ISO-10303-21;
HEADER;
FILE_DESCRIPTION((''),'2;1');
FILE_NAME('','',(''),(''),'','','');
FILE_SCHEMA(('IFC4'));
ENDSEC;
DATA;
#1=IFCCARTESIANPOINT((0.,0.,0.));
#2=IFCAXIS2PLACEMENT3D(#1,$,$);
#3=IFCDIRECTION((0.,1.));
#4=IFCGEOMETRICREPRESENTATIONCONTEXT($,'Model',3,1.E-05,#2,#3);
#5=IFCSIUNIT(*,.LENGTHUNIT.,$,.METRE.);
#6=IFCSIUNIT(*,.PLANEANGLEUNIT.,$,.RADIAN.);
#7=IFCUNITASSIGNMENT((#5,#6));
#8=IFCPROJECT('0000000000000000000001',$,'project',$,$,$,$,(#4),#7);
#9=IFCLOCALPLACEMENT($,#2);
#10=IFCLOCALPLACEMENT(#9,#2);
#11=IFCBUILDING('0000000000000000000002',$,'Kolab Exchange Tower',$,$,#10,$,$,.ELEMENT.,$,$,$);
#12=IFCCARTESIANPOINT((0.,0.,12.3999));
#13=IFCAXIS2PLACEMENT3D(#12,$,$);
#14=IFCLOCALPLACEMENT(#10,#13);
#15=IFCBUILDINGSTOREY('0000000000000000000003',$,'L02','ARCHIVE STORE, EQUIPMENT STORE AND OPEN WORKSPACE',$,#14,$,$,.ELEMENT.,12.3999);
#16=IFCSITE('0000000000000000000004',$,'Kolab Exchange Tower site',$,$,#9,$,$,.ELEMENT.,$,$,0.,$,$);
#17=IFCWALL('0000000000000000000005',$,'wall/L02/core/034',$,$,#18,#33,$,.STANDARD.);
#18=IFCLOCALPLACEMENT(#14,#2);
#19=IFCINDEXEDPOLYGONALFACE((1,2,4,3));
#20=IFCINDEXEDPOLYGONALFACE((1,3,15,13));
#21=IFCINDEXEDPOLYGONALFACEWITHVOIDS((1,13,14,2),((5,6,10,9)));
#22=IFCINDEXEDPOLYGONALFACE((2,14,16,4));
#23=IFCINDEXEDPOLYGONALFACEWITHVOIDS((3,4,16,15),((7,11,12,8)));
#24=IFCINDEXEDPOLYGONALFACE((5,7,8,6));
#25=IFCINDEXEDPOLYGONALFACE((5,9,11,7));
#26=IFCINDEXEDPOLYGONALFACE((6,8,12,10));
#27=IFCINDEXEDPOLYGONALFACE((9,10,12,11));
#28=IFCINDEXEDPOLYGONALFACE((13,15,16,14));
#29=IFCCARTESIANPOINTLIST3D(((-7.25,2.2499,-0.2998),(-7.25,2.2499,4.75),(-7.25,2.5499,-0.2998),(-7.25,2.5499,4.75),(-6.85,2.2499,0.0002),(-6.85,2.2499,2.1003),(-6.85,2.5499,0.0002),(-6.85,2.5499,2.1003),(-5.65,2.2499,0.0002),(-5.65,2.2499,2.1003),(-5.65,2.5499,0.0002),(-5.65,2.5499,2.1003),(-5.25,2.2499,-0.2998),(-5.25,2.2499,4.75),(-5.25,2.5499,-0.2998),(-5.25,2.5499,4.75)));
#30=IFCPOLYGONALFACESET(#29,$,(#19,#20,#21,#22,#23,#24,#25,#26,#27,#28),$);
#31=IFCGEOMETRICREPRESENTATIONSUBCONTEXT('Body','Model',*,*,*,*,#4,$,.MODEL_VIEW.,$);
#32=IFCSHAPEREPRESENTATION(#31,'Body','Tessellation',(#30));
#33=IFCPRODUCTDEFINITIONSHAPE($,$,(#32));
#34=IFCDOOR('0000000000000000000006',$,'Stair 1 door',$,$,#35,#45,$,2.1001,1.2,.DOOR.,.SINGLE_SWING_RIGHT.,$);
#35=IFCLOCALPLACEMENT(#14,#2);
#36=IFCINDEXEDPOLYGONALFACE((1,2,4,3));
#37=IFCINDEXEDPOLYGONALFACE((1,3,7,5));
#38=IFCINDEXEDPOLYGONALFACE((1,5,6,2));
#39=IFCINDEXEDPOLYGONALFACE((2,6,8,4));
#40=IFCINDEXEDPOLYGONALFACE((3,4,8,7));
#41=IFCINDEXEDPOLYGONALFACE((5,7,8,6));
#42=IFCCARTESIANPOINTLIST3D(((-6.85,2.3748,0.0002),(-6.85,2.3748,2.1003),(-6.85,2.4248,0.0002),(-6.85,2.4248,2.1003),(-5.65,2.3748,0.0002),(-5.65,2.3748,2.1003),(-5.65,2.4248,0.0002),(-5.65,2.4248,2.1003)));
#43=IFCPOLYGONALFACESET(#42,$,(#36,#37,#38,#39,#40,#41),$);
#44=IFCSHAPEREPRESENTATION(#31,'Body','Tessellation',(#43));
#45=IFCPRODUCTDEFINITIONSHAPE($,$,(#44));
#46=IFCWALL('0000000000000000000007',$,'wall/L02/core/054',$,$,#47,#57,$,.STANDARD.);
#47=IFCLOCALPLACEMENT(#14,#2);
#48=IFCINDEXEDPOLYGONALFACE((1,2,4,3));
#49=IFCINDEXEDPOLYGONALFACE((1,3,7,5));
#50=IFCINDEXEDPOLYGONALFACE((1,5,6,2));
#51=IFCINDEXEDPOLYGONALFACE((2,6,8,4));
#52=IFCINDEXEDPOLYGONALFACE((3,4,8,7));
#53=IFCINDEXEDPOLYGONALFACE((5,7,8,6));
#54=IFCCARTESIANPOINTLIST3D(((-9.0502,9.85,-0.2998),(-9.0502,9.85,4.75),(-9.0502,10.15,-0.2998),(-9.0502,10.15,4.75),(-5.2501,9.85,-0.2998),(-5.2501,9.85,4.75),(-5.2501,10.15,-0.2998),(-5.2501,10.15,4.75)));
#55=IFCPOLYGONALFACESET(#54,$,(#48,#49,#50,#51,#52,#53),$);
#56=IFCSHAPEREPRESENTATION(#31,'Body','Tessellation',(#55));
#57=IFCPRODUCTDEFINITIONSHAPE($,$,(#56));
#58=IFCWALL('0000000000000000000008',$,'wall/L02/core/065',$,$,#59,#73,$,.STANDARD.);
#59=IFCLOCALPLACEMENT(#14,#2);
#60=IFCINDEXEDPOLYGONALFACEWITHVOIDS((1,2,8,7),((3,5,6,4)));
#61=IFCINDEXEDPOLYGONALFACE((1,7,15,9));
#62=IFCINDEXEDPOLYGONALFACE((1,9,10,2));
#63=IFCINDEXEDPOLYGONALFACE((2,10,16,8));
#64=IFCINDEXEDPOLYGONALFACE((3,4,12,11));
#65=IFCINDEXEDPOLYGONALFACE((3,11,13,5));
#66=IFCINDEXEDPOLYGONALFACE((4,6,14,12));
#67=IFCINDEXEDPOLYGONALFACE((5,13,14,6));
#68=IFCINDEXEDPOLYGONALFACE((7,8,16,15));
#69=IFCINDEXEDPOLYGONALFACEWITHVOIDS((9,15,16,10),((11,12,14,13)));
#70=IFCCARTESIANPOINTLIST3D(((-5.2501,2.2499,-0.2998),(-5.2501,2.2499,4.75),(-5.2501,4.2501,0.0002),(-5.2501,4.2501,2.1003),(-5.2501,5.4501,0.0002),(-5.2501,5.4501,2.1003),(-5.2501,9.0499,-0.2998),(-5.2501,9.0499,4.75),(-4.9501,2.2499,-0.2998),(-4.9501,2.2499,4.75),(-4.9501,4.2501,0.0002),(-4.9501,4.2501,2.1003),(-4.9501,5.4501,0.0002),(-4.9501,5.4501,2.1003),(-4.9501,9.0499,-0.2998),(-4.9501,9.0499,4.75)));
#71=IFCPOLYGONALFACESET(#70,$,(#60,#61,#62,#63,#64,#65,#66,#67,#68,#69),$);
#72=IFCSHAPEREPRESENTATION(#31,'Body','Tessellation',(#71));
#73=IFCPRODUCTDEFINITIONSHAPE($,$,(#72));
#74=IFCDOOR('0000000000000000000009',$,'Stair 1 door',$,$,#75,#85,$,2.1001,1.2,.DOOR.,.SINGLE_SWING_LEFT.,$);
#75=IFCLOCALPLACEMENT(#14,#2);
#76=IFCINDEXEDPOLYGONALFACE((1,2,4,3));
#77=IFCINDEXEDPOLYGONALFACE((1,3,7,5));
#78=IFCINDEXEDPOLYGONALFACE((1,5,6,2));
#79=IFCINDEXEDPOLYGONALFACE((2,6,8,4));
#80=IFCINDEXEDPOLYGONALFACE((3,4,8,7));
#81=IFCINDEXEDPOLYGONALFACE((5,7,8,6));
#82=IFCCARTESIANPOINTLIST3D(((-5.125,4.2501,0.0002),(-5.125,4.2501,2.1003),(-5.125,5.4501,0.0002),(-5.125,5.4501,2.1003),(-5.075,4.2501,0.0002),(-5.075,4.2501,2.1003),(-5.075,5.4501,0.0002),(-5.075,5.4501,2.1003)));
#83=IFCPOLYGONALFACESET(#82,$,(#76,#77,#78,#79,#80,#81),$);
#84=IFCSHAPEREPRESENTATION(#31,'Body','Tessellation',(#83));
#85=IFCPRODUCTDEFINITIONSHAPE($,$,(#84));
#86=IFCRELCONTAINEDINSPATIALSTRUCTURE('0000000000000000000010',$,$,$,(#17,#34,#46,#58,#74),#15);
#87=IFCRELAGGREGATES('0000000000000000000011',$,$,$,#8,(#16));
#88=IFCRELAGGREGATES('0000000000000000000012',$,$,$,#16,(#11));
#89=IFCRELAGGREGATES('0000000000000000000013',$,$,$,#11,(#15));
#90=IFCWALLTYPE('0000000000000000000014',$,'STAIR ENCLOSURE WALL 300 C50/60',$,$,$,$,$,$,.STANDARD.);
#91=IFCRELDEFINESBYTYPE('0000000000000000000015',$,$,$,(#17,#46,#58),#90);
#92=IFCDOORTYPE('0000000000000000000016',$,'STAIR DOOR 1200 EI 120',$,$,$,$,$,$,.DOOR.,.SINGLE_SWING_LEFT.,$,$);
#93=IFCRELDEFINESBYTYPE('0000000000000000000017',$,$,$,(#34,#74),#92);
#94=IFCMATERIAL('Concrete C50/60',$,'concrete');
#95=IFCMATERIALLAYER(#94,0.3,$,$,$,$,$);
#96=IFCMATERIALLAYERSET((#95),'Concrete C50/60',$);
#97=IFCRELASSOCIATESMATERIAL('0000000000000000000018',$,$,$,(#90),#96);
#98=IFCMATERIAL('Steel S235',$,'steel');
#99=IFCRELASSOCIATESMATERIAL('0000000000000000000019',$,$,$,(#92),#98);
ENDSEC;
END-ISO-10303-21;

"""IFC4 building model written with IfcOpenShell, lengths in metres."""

from ifc_helpers import new_model, si_unit, direction, frame, frame_2d, origin, place, context, subcontext, project, spatial, rectangle, extrude, material, layer, layer_set, type_object, element, fill, save


model = new_model("IFC4")

# Units and contexts
model_context = context("Model", 3, precision=1e-05, world=origin(), true_north=direction((0.0, 1.0)))
body_context = subcontext(model_context, "Body", "Model", "MODEL_VIEW")
ifc_project = project(units=[si_unit("LENGTHUNIT", "METRE"), si_unit("PLANEANGLEUNIT", "RADIAN")], contexts=[model_context])

# Site, building, storey
site_placement = place(None, origin())
site = spatial("IfcSite", under=ifc_project, at=site_placement, Name="Kolab Exchange Tower site", CompositionType="ELEMENT", RefElevation=0.0)
building_placement = place(site_placement, origin())
building = spatial("IfcBuilding", under=site, at=building_placement, Name="Kolab Exchange Tower", CompositionType="ELEMENT")
storey_placement = place(building_placement, frame((0.0, 0.0, 12.3999)))
storey = spatial("IfcBuildingStorey", under=building, at=storey_placement, Name="L02", Description="ARCHIVE STORE, EQUIPMENT STORE AND OPEN WORKSPACE", CompositionType="ELEMENT", Elevation=12.3999)

# Shared definitions
ifc_material_1 = material(Name="Steel S235", Category="steel")

# Shared definitions
ifc_material_2 = material(Name="Concrete C50/60", Category="concrete")
ifc_layer_1 = layer(ifc_material_2, 0.3)
ifc_layer_set_1 = layer_set([ifc_layer_1], Name="Concrete C50/60")
wall_type_1 = type_object("IfcWallType", Name="STAIR ENCLOSURE WALL 300 C50/60", PredefinedType="STANDARD", material=ifc_layer_set_1)

# Wall, opening, door
wall_1_placement = place(storey_placement, frame((-7.25, 2.3999, -0.2998), z_axis=(0.0, 0.0, 1.0), x_axis=(1.0, 0.0, 0.0)))
wall_1 = element("IfcWall", 1, at=wall_1_placement, inside=storey, type_object=wall_type_1, Name="wall/L02/core/034", PredefinedType="STANDARD", context=body_context, shape_type="SweptSolid", body=[
    extrude(rectangle(XDim=2.0, YDim=0.3, at=frame_2d((1.0, 0.0))), origin(), (0.0, 0.0, 1.0), 5.0498),
])
opening_1_placement = place(wall_1_placement, frame((0.3999, 0.0, 0.3)))
opening_1 = element("IfcOpeningElement", 2, at=opening_1_placement, cuts=wall_1, PredefinedType="OPENING", context=body_context, shape_type="SweptSolid", body=[
    extrude(rectangle(XDim=1.2, YDim=2.1001, at=frame_2d((0.6001, 1.05))), frame((0.0, 0.1602, 0.0), z_axis=(0.0, -1.0, 0.0), x_axis=(1.0, 0.0, 0.0)), (0.0, 0.0, 1.0), 0.3201),
])
door_type_1 = type_object("IfcDoorType", Name="STAIR DOOR 1200 EI 120", OperationType="SINGLE_SWING_LEFT", PredefinedType="DOOR", material=ifc_material_1)
door_1_placement = place(opening_1_placement, origin())
door_1 = element("IfcDoor", 3, at=door_1_placement, inside=storey, type_object=door_type_1, Name="Stair 1 door", OperationType="SINGLE_SWING_RIGHT", OverallHeight=2.1001, OverallWidth=1.2, PredefinedType="DOOR", context=body_context, shape_type="SweptSolid", body=[
    extrude(rectangle(XDim=1.2, YDim=2.1001, at=frame_2d((0.6001, 1.05))), frame((0.0, 0.0249, 0.0), z_axis=(0.0, -1.0, 0.0), x_axis=(1.0, 0.0, 0.0)), (0.0, 0.0, 1.0), 0.05),
])
fill(opening_1, door_1)

# Wall
wall_2_placement = place(storey_placement, frame((-9.05, 10.0, -0.2998), z_axis=(0.0, 0.0, 1.0), x_axis=(1.0, 0.0, 0.0)))
element("IfcWall", 4, at=wall_2_placement, inside=storey, type_object=wall_type_1, Name="wall/L02/core/054", PredefinedType="STANDARD", context=body_context, shape_type="SweptSolid", body=[
    extrude(rectangle(XDim=3.8, YDim=0.3, at=frame_2d((1.8999, 0.0))), origin(), (0.0, 0.0, 1.0), 5.0498),
])

# Wall, opening, door
wall_3_placement = place(storey_placement, frame((-5.1001, 2.25, -0.2998), z_axis=(0.0, 0.0, 1.0), x_axis=(0.0, 1.0, 0.0)))
wall_3 = element("IfcWall", 5, at=wall_3_placement, inside=storey, type_object=wall_type_1, Name="wall/L02/core/065", PredefinedType="STANDARD", context=body_context, shape_type="SweptSolid", body=[
    extrude(rectangle(XDim=6.8, YDim=0.3, at=frame_2d((3.3999, 0.0))), origin(), (0.0, 0.0, 1.0), 5.0498),
])
opening_2_placement = place(wall_3_placement, frame((2.0, 0.0, 0.3)))
opening_2 = element("IfcOpeningElement", 6, at=opening_2_placement, cuts=wall_3, PredefinedType="OPENING", context=body_context, shape_type="SweptSolid", body=[
    extrude(rectangle(XDim=1.2, YDim=2.1001, at=frame_2d((0.6001, 1.05))), frame((0.0, 0.1602, 0.0), z_axis=(0.0, -1.0, 0.0), x_axis=(1.0, 0.0, 0.0)), (0.0, 0.0, 1.0), 0.3201),
])
door_2_placement = place(opening_2_placement, origin())
door_2 = element("IfcDoor", 7, at=door_2_placement, inside=storey, type_object=door_type_1, Name="Stair 1 door", OperationType="SINGLE_SWING_LEFT", OverallHeight=2.1001, OverallWidth=1.2, PredefinedType="DOOR", context=body_context, shape_type="SweptSolid", body=[
    extrude(rectangle(XDim=1.2, YDim=2.1001, at=frame_2d((0.6001, 1.05))), frame((0.0, 0.0249, 0.0), z_axis=(0.0, -1.0, 0.0), x_axis=(1.0, 0.0, 0.0)), (0.0, 0.0, 1.0), 0.05),
])
fill(opening_2, door_2)

save(model, "model.ifc")
